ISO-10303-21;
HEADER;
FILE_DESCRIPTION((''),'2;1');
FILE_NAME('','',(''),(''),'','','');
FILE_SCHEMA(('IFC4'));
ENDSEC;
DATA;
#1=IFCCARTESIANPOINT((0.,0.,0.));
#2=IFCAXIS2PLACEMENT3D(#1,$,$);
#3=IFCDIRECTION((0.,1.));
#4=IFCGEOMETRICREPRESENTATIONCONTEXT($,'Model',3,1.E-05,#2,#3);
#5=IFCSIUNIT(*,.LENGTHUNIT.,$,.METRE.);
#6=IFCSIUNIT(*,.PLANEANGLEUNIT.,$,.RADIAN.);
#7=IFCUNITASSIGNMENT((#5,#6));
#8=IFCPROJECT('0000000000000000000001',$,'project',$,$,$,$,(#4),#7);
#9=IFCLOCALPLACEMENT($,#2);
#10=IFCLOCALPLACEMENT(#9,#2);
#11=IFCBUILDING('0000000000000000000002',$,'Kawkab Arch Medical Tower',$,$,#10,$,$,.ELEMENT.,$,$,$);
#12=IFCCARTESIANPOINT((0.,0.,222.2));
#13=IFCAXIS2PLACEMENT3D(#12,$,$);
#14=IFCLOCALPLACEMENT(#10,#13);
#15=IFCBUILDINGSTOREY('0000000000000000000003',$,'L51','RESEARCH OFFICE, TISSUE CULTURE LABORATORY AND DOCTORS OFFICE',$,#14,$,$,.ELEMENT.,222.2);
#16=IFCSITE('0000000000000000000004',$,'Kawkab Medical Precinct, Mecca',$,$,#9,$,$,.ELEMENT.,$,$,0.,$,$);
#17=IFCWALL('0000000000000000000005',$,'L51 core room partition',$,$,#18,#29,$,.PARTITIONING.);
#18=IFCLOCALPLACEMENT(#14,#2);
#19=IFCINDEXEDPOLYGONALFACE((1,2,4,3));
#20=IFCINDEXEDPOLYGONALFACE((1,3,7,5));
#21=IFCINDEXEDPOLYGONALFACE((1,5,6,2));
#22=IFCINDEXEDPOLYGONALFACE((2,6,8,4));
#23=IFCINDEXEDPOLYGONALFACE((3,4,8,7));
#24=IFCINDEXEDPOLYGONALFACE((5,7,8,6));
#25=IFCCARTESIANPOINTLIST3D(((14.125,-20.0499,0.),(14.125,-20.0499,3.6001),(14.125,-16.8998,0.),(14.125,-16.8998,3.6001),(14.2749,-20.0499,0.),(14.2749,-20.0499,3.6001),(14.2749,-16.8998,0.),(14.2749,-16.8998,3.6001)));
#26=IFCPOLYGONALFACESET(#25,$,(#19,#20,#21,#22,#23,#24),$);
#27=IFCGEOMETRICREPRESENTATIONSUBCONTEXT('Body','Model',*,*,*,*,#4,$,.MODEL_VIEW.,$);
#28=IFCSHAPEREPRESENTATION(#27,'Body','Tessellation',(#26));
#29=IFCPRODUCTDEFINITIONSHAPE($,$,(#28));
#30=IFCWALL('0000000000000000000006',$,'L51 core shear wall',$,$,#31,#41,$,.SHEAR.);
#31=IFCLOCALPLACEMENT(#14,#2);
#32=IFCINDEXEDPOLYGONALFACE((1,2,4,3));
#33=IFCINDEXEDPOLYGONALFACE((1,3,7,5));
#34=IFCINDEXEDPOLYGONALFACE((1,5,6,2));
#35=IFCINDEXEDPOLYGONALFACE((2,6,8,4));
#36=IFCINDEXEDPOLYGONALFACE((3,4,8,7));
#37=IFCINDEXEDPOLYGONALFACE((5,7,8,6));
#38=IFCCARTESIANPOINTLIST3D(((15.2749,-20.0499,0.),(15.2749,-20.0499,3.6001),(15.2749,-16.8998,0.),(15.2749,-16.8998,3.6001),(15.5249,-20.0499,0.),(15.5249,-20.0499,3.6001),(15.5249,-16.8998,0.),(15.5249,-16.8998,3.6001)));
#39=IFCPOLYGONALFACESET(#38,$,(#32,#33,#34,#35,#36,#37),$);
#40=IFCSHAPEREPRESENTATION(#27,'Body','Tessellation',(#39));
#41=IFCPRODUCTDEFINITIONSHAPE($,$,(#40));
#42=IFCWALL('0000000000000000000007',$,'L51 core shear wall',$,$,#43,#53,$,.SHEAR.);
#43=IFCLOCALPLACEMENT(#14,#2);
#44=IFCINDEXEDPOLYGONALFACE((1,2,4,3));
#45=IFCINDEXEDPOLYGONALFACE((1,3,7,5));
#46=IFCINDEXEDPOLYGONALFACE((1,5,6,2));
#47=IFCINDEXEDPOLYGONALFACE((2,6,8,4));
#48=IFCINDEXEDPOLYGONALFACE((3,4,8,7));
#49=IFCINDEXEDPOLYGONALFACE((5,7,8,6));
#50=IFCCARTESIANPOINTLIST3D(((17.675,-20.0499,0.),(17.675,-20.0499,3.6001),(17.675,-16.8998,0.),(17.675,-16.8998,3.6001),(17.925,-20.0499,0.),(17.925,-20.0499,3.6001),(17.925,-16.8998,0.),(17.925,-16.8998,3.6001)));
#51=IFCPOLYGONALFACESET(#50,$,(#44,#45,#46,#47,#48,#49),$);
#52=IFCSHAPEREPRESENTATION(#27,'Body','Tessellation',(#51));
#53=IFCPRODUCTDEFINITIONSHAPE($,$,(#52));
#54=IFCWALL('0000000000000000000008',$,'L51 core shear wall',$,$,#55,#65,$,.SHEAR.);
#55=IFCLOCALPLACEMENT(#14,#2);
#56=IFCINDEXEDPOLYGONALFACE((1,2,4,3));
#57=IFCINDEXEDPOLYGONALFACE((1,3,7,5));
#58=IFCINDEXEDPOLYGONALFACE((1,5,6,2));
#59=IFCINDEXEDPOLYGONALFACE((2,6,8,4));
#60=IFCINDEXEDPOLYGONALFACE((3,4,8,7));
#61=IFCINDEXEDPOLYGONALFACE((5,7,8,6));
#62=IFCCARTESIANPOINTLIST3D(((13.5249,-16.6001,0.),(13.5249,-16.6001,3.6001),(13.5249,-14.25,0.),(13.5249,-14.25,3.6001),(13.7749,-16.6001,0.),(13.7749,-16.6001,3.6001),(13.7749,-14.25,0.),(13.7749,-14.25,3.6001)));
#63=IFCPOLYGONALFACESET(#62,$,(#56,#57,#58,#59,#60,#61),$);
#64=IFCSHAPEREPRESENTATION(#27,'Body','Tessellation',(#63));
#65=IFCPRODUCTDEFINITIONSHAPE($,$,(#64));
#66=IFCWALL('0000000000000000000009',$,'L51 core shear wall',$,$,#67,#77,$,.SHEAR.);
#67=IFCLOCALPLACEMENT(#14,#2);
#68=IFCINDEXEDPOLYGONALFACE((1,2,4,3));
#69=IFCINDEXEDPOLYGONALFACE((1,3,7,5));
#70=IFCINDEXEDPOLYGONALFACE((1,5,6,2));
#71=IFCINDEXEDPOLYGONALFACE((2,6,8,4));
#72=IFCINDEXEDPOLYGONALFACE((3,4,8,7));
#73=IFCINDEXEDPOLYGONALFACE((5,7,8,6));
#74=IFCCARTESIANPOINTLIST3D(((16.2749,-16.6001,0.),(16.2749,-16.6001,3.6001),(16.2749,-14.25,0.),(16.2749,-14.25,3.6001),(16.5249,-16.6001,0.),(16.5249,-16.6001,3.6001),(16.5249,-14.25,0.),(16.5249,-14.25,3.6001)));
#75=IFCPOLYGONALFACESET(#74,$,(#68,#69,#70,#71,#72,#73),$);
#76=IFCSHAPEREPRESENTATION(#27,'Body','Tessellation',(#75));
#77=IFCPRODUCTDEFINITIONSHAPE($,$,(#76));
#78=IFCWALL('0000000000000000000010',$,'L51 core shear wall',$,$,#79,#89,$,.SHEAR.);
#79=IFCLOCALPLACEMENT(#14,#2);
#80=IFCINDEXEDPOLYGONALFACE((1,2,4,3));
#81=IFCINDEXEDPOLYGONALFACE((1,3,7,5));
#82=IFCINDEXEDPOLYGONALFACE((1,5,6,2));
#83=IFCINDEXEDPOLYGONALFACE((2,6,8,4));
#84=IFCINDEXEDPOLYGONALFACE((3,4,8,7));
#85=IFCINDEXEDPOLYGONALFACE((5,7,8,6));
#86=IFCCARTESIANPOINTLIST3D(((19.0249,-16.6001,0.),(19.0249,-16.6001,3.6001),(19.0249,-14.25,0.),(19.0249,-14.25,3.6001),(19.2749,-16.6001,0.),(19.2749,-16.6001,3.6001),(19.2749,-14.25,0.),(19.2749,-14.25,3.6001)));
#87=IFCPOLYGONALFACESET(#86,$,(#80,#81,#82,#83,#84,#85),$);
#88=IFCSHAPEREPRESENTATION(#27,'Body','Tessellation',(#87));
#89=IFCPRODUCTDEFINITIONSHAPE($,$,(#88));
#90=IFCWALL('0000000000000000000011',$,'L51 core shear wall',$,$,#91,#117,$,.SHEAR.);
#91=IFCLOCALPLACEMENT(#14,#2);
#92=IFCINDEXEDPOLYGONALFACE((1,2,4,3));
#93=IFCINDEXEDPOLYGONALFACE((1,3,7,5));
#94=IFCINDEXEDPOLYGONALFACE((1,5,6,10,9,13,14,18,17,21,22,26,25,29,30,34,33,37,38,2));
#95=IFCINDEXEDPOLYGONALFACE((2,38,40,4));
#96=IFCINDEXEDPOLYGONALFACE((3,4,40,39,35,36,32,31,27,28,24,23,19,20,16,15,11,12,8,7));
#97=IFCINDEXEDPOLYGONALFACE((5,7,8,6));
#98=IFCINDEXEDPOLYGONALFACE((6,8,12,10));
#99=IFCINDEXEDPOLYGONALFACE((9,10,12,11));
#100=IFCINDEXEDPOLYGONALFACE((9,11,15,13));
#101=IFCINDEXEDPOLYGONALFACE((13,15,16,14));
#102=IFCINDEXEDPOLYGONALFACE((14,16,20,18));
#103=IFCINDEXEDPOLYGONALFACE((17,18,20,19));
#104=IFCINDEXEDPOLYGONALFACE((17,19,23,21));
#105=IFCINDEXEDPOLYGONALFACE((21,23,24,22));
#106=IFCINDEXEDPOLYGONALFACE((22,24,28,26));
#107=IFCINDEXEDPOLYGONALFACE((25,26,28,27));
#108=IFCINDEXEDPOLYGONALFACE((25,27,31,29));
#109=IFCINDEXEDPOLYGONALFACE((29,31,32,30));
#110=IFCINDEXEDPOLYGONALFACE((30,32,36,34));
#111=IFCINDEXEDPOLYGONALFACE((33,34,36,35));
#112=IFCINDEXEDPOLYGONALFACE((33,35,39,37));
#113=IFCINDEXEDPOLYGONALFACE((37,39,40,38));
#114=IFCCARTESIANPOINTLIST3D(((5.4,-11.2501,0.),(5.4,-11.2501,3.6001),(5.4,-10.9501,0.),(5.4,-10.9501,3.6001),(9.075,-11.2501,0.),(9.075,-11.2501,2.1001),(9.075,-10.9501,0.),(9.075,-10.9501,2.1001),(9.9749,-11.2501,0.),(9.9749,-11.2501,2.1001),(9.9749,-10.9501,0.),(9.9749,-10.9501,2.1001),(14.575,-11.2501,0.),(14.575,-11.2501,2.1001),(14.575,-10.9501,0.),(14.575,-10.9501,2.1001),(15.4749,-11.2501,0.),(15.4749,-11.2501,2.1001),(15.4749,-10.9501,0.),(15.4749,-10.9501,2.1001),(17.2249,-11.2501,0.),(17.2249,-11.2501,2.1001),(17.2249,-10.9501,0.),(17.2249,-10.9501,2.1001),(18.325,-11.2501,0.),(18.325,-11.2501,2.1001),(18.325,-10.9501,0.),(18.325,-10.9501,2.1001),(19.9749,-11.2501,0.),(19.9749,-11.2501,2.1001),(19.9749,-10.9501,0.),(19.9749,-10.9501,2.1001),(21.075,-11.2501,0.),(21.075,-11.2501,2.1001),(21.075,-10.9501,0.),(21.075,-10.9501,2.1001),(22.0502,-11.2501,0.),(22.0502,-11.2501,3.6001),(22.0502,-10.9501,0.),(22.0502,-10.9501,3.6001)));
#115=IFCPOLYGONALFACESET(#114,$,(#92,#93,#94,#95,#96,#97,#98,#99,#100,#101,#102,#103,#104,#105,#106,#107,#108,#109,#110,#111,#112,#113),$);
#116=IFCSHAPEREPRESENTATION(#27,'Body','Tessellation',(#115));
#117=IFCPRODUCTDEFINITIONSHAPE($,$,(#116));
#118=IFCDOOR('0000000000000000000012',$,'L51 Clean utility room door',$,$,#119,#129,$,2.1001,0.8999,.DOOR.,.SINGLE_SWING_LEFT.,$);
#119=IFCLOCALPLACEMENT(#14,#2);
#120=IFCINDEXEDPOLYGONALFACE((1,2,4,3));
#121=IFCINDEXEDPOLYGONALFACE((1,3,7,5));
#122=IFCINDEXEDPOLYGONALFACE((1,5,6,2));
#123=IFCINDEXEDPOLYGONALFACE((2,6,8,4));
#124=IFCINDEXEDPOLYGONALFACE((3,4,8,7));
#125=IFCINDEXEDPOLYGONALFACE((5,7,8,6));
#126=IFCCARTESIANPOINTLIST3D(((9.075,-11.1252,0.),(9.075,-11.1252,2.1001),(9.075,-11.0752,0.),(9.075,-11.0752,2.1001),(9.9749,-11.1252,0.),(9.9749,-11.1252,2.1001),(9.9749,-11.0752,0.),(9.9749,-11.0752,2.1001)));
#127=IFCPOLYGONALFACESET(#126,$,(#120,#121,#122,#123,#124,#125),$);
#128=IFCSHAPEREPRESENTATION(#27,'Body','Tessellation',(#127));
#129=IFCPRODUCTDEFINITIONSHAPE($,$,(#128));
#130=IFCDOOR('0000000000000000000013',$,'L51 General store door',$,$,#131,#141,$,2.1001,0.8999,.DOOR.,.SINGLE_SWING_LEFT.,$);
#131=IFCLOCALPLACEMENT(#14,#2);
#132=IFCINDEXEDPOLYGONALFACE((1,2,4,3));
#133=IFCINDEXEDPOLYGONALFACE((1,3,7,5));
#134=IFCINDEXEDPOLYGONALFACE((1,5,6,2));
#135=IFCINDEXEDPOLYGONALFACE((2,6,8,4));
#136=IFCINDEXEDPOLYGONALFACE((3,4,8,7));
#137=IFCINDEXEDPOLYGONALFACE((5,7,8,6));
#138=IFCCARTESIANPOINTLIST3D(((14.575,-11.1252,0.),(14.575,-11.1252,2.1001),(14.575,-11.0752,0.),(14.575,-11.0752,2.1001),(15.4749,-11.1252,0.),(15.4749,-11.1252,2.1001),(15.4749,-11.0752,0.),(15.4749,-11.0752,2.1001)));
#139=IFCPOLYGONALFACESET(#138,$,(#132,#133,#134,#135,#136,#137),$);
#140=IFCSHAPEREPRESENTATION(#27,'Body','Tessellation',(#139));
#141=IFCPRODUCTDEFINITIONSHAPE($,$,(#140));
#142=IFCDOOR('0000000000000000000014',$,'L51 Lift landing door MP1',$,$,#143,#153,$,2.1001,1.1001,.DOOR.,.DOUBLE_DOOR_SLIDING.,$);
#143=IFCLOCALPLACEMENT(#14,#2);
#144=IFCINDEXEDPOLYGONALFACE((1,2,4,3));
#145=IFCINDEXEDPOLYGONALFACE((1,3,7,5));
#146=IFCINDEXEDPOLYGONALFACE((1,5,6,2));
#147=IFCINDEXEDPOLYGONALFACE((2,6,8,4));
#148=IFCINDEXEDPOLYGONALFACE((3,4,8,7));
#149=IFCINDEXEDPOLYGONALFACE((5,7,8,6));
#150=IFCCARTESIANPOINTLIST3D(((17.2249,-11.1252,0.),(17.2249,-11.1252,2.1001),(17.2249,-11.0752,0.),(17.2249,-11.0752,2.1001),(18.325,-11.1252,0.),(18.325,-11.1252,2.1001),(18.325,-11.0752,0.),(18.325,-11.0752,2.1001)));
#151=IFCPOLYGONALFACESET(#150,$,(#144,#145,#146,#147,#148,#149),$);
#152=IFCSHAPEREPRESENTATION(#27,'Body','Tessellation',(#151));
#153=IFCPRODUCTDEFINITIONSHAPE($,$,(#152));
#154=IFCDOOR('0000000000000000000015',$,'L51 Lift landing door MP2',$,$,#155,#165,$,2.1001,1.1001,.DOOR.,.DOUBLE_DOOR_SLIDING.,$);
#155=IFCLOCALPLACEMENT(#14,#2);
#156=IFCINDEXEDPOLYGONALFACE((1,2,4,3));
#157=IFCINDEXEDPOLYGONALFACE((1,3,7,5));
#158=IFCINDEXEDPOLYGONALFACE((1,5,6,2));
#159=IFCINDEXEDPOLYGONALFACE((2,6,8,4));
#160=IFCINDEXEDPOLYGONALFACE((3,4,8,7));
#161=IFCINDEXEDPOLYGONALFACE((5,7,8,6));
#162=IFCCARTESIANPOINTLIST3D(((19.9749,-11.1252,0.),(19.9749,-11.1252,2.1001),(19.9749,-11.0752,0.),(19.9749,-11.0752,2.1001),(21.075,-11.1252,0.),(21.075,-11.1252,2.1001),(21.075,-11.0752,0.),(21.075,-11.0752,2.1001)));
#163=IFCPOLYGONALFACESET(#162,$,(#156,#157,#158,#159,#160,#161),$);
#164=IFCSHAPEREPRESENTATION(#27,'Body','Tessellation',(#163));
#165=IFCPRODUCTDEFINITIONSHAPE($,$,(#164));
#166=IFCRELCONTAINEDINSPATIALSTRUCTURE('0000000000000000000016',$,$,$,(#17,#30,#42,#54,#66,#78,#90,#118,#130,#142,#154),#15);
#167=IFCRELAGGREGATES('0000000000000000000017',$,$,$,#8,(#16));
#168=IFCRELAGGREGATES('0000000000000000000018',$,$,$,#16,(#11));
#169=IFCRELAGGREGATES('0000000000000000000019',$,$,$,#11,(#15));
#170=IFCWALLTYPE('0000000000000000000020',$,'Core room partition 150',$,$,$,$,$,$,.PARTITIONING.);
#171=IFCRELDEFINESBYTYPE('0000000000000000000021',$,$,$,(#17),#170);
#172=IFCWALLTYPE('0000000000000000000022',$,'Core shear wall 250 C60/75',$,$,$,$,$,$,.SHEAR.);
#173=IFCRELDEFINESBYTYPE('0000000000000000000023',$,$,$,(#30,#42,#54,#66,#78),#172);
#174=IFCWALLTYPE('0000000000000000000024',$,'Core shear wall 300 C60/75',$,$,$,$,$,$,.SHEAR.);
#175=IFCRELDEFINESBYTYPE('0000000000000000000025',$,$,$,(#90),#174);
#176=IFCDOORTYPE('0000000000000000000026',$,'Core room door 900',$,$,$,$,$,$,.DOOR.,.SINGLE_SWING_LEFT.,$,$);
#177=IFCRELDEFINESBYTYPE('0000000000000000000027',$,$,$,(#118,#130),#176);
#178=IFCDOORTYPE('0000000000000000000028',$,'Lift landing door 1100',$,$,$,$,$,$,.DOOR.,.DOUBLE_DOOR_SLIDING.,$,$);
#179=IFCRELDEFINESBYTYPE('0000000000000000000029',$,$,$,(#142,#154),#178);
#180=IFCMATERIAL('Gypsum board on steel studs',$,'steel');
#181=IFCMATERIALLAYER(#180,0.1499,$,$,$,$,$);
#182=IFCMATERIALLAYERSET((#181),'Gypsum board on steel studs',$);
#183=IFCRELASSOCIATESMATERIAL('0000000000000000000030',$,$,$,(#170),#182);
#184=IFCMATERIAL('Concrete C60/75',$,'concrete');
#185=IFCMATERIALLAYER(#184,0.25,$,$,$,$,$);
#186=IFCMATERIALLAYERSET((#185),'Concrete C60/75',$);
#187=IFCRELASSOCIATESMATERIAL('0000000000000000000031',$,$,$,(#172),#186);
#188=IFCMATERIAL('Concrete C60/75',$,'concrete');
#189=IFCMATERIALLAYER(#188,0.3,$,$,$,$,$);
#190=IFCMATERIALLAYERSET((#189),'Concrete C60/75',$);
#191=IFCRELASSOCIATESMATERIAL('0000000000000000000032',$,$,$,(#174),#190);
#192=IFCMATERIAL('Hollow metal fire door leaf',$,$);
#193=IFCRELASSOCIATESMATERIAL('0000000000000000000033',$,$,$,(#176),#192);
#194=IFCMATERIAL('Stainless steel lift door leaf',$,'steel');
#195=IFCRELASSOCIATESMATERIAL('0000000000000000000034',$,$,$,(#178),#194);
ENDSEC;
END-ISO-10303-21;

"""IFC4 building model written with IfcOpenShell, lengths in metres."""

from ifc_helpers import new_model, si_unit, direction, frame, frame_2d, origin, place, context, subcontext, project, spatial, rectangle, extrude, material, layer, layer_set, type_object, element, fill, save


model = new_model("IFC4")

# Units and contexts
model_context = context("Model", 3, precision=1e-05, world=origin(), true_north=direction((0.0, 1.0)))
body_context = subcontext(model_context, "Body", "Model", "MODEL_VIEW")
ifc_project = project(units=[si_unit("LENGTHUNIT", "METRE"), si_unit("PLANEANGLEUNIT", "RADIAN")], contexts=[model_context])

# Site, building, storey
site_placement = place(None, origin())
site = spatial("IfcSite", under=ifc_project, at=site_placement, Name="Kawkab Medical Precinct, Mecca", CompositionType="ELEMENT", RefElevation=0.0)
building_placement = place(site_placement, origin())
building = spatial("IfcBuilding", under=site, at=building_placement, Name="Kawkab Arch Medical Tower", CompositionType="ELEMENT")
storey_placement = place(building_placement, frame((0.0, 0.0, 222.2)))
storey = spatial("IfcBuildingStorey", under=building, at=storey_placement, Name="L51", Description="RESEARCH OFFICE, TISSUE CULTURE LABORATORY AND DOCTORS OFFICE", CompositionType="ELEMENT", Elevation=222.2)

# Walls
ifc_material_1 = material(Name="Gypsum board on steel studs", Category="steel")
ifc_layer_1 = layer(ifc_material_1, 0.1499)
ifc_layer_set_1 = layer_set([ifc_layer_1], Name="Gypsum board on steel studs")
wall_type_1 = type_object("IfcWallType", Name="Core room partition 150", PredefinedType="PARTITIONING", material=ifc_layer_set_1)
wall_1_placement = place(storey_placement, frame((14.2, -20.05, 0.0), z_axis=(0.0, 0.0, 1.0), x_axis=(0.0, 1.0, 0.0)))
element("IfcWall", 1, at=wall_1_placement, inside=storey, type_object=wall_type_1, Name="L51 core room partition", PredefinedType="PARTITIONING", context=body_context, shape_type="SweptSolid", body=[
    extrude(rectangle(XDim=3.1501, YDim=0.1499, at=frame_2d((1.5752, 0.0))), origin(), (0.0, 0.0, 1.0), 3.6001),
])
ifc_material_2 = material(Name="Concrete C60/75", Category="concrete")
ifc_layer_2 = layer(ifc_material_2, 0.25)
ifc_layer_set_2 = layer_set([ifc_layer_2], Name="Concrete C60/75")
wall_type_2 = type_object("IfcWallType", Name="Core shear wall 250 C60/75", PredefinedType="SHEAR", material=ifc_layer_set_2)
for number, where, z_axis, x_axis, name in (
    (2, (15.3999, -20.05, 0.0), (0.0, 0.0, 1.0), (0.0, 1.0, 0.0), "L51 core shear wall"),
    (3, (17.8, -20.05, 0.0), (0.0, 0.0, 1.0), (0.0, 1.0, 0.0), "L51 core shear wall"),
):
    element("IfcWall", number, at=place(storey_placement, frame(where, z_axis=z_axis, x_axis=x_axis)), inside=storey, type_object=wall_type_2, Name=name, PredefinedType="SHEAR", context=body_context, shape_type="SweptSolid", body=[
        extrude(rectangle(XDim=3.1501, YDim=0.25, at=frame_2d((1.5752, 0.0))), origin(), (0.0, 0.0, 1.0), 3.6001),
    ])
for number, where, z_axis, x_axis, name in (
    (4, (13.6499, -16.6001, 0.0), (0.0, 0.0, 1.0), (0.0, 1.0, 0.0), "L51 core shear wall"),
    (5, (16.3999, -16.6001, 0.0), (0.0, 0.0, 1.0), (0.0, 1.0, 0.0), "L51 core shear wall"),
    (6, (19.1499, -16.6001, 0.0), (0.0, 0.0, 1.0), (0.0, 1.0, 0.0), "L51 core shear wall"),
):
    element("IfcWall", number, at=place(storey_placement, frame(where, z_axis=z_axis, x_axis=x_axis)), inside=storey, type_object=wall_type_2, Name=name, PredefinedType="SHEAR", context=body_context, shape_type="SweptSolid", body=[
        extrude(rectangle(XDim=2.3501, YDim=0.25, at=frame_2d((1.175, 0.0))), origin(), (0.0, 0.0, 1.0), 3.6001),
    ])

# Wall, openings, doors
ifc_material_3 = material(Name="Concrete C60/75", Category="concrete")
ifc_layer_3 = layer(ifc_material_3, 0.3)
ifc_layer_set_3 = layer_set([ifc_layer_3], Name="Concrete C60/75")
wall_type_3 = type_object("IfcWallType", Name="Core shear wall 300 C60/75", PredefinedType="SHEAR", material=ifc_layer_set_3)
wall_2_placement = place(storey_placement, frame((5.3999, -11.1001, 0.0), z_axis=(0.0, 0.0, 1.0), x_axis=(1.0, 0.0, 0.0)))
wall_2 = element("IfcWall", 7, at=wall_2_placement, inside=storey, type_object=wall_type_3, Name="L51 core shear wall", PredefinedType="SHEAR", context=body_context, shape_type="SweptSolid", body=[
    extrude(rectangle(XDim=16.6501, YDim=0.3, at=frame_2d((8.3252, 0.0))), origin(), (0.0, 0.0, 1.0), 3.6001),
])
opening_1_placement = place(wall_2_placement, frame((11.825, 0.0, 0.0)))
opening_1 = element("IfcOpeningElement", 8, at=opening_1_placement, cuts=wall_2, PredefinedType="OPENING", context=body_context, shape_type="SweptSolid", body=[
    extrude(rectangle(XDim=1.1001, YDim=2.1001, at=frame_2d((0.55, 1.05))), frame((0.0, 0.1599, 0.0), z_axis=(0.0, -1.0, 0.0), x_axis=(1.0, 0.0, 0.0)), (0.0, 0.0, 1.0), 0.3201),
])
opening_2_placement = place(wall_2_placement, frame((14.575, 0.0, 0.0)))
opening_2 = element("IfcOpeningElement", 9, at=opening_2_placement, cuts=wall_2, PredefinedType="OPENING", context=body_context, shape_type="SweptSolid", body=[
    extrude(rectangle(XDim=1.1001, YDim=2.1001, at=frame_2d((0.55, 1.05))), frame((0.0, 0.1599, 0.0), z_axis=(0.0, -1.0, 0.0), x_axis=(1.0, 0.0, 0.0)), (0.0, 0.0, 1.0), 0.3201),
])
opening_3_placement = place(wall_2_placement, frame((3.675, 0.0, 0.0)))
opening_3 = element("IfcOpeningElement", 10, at=opening_3_placement, cuts=wall_2, PredefinedType="OPENING", context=body_context, shape_type="SweptSolid", body=[
    extrude(rectangle(XDim=0.8999, YDim=2.1001, at=frame_2d((0.45, 1.05))), frame((0.0, 0.1599, 0.0), z_axis=(0.0, -1.0, 0.0), x_axis=(1.0, 0.0, 0.0)), (0.0, 0.0, 1.0), 0.3201),
])
opening_4_placement = place(wall_2_placement, frame((9.175, 0.0, 0.0)))
opening_4 = element("IfcOpeningElement", 11, at=opening_4_placement, cuts=wall_2, PredefinedType="OPENING", context=body_context, shape_type="SweptSolid", body=[
    extrude(rectangle(XDim=0.8999, YDim=2.1001, at=frame_2d((0.45, 1.05))), frame((0.0, 0.1599, 0.0), z_axis=(0.0, -1.0, 0.0), x_axis=(1.0, 0.0, 0.0)), (0.0, 0.0, 1.0), 0.3201),
])
ifc_material_4 = material(Name="Hollow metal fire door leaf")
door_type_1 = type_object("IfcDoorType", Name="Core room door 900", OperationType="SINGLE_SWING_LEFT", PredefinedType="DOOR", material=ifc_material_4)
door_1_placement = place(opening_3_placement, origin())
door_1 = element("IfcDoor", 12, at=door_1_placement, inside=storey, type_object=door_type_1, Name="L51 Clean utility room door", OperationType="SINGLE_SWING_LEFT", OverallHeight=2.1001, OverallWidth=0.8999, PredefinedType="DOOR", context=body_context, shape_type="SweptSolid", body=[
    extrude(rectangle(XDim=0.8999, YDim=2.1001, at=frame_2d((0.45, 1.05))), frame((0.0, 0.0249, 0.0), z_axis=(0.0, -1.0, 0.0), x_axis=(1.0, 0.0, 0.0)), (0.0, 0.0, 1.0), 0.05),
])
fill(opening_3, door_1)
door_2_placement = place(opening_4_placement, origin())
door_2 = element("IfcDoor", 13, at=door_2_placement, inside=storey, type_object=door_type_1, Name="L51 General store door", OperationType="SINGLE_SWING_LEFT", OverallHeight=2.1001, OverallWidth=0.8999, PredefinedType="DOOR", context=body_context, shape_type="SweptSolid", body=[
    extrude(rectangle(XDim=0.8999, YDim=2.1001, at=frame_2d((0.45, 1.05))), frame((0.0, 0.0249, 0.0), z_axis=(0.0, -1.0, 0.0), x_axis=(1.0, 0.0, 0.0)), (0.0, 0.0, 1.0), 0.05),
])
fill(opening_4, door_2)
ifc_material_5 = material(Name="Stainless steel lift door leaf", Category="steel")
door_type_2 = type_object("IfcDoorType", Name="Lift landing door 1100", OperationType="DOUBLE_DOOR_SLIDING", PredefinedType="DOOR", material=ifc_material_5)
door_3_placement = place(opening_1_placement, origin())
door_3 = element("IfcDoor", 14, at=door_3_placement, inside=storey, type_object=door_type_2, Name="L51 Lift landing door MP1", OperationType="DOUBLE_DOOR_SLIDING", OverallHeight=2.1001, OverallWidth=1.1001, PredefinedType="DOOR", context=body_context, shape_type="SweptSolid", body=[
    extrude(rectangle(XDim=1.1001, YDim=2.1001, at=frame_2d((0.55, 1.05))), frame((0.0, 0.0249, 0.0), z_axis=(0.0, -1.0, 0.0), x_axis=(1.0, 0.0, 0.0)), (0.0, 0.0, 1.0), 0.05),
])
fill(opening_1, door_3)
door_4_placement = place(opening_2_placement, origin())
door_4 = element("IfcDoor", 15, at=door_4_placement, inside=storey, type_object=door_type_2, Name="L51 Lift landing door MP2", OperationType="DOUBLE_DOOR_SLIDING", OverallHeight=2.1001, OverallWidth=1.1001, PredefinedType="DOOR", context=body_context, shape_type="SweptSolid", body=[
    extrude(rectangle(XDim=1.1001, YDim=2.1001, at=frame_2d((0.55, 1.05))), frame((0.0, 0.0249, 0.0), z_axis=(0.0, -1.0, 0.0), x_axis=(1.0, 0.0, 0.0)), (0.0, 0.0, 1.0), 0.05),
])
fill(opening_2, door_4)

save(model, "model.ifc")
